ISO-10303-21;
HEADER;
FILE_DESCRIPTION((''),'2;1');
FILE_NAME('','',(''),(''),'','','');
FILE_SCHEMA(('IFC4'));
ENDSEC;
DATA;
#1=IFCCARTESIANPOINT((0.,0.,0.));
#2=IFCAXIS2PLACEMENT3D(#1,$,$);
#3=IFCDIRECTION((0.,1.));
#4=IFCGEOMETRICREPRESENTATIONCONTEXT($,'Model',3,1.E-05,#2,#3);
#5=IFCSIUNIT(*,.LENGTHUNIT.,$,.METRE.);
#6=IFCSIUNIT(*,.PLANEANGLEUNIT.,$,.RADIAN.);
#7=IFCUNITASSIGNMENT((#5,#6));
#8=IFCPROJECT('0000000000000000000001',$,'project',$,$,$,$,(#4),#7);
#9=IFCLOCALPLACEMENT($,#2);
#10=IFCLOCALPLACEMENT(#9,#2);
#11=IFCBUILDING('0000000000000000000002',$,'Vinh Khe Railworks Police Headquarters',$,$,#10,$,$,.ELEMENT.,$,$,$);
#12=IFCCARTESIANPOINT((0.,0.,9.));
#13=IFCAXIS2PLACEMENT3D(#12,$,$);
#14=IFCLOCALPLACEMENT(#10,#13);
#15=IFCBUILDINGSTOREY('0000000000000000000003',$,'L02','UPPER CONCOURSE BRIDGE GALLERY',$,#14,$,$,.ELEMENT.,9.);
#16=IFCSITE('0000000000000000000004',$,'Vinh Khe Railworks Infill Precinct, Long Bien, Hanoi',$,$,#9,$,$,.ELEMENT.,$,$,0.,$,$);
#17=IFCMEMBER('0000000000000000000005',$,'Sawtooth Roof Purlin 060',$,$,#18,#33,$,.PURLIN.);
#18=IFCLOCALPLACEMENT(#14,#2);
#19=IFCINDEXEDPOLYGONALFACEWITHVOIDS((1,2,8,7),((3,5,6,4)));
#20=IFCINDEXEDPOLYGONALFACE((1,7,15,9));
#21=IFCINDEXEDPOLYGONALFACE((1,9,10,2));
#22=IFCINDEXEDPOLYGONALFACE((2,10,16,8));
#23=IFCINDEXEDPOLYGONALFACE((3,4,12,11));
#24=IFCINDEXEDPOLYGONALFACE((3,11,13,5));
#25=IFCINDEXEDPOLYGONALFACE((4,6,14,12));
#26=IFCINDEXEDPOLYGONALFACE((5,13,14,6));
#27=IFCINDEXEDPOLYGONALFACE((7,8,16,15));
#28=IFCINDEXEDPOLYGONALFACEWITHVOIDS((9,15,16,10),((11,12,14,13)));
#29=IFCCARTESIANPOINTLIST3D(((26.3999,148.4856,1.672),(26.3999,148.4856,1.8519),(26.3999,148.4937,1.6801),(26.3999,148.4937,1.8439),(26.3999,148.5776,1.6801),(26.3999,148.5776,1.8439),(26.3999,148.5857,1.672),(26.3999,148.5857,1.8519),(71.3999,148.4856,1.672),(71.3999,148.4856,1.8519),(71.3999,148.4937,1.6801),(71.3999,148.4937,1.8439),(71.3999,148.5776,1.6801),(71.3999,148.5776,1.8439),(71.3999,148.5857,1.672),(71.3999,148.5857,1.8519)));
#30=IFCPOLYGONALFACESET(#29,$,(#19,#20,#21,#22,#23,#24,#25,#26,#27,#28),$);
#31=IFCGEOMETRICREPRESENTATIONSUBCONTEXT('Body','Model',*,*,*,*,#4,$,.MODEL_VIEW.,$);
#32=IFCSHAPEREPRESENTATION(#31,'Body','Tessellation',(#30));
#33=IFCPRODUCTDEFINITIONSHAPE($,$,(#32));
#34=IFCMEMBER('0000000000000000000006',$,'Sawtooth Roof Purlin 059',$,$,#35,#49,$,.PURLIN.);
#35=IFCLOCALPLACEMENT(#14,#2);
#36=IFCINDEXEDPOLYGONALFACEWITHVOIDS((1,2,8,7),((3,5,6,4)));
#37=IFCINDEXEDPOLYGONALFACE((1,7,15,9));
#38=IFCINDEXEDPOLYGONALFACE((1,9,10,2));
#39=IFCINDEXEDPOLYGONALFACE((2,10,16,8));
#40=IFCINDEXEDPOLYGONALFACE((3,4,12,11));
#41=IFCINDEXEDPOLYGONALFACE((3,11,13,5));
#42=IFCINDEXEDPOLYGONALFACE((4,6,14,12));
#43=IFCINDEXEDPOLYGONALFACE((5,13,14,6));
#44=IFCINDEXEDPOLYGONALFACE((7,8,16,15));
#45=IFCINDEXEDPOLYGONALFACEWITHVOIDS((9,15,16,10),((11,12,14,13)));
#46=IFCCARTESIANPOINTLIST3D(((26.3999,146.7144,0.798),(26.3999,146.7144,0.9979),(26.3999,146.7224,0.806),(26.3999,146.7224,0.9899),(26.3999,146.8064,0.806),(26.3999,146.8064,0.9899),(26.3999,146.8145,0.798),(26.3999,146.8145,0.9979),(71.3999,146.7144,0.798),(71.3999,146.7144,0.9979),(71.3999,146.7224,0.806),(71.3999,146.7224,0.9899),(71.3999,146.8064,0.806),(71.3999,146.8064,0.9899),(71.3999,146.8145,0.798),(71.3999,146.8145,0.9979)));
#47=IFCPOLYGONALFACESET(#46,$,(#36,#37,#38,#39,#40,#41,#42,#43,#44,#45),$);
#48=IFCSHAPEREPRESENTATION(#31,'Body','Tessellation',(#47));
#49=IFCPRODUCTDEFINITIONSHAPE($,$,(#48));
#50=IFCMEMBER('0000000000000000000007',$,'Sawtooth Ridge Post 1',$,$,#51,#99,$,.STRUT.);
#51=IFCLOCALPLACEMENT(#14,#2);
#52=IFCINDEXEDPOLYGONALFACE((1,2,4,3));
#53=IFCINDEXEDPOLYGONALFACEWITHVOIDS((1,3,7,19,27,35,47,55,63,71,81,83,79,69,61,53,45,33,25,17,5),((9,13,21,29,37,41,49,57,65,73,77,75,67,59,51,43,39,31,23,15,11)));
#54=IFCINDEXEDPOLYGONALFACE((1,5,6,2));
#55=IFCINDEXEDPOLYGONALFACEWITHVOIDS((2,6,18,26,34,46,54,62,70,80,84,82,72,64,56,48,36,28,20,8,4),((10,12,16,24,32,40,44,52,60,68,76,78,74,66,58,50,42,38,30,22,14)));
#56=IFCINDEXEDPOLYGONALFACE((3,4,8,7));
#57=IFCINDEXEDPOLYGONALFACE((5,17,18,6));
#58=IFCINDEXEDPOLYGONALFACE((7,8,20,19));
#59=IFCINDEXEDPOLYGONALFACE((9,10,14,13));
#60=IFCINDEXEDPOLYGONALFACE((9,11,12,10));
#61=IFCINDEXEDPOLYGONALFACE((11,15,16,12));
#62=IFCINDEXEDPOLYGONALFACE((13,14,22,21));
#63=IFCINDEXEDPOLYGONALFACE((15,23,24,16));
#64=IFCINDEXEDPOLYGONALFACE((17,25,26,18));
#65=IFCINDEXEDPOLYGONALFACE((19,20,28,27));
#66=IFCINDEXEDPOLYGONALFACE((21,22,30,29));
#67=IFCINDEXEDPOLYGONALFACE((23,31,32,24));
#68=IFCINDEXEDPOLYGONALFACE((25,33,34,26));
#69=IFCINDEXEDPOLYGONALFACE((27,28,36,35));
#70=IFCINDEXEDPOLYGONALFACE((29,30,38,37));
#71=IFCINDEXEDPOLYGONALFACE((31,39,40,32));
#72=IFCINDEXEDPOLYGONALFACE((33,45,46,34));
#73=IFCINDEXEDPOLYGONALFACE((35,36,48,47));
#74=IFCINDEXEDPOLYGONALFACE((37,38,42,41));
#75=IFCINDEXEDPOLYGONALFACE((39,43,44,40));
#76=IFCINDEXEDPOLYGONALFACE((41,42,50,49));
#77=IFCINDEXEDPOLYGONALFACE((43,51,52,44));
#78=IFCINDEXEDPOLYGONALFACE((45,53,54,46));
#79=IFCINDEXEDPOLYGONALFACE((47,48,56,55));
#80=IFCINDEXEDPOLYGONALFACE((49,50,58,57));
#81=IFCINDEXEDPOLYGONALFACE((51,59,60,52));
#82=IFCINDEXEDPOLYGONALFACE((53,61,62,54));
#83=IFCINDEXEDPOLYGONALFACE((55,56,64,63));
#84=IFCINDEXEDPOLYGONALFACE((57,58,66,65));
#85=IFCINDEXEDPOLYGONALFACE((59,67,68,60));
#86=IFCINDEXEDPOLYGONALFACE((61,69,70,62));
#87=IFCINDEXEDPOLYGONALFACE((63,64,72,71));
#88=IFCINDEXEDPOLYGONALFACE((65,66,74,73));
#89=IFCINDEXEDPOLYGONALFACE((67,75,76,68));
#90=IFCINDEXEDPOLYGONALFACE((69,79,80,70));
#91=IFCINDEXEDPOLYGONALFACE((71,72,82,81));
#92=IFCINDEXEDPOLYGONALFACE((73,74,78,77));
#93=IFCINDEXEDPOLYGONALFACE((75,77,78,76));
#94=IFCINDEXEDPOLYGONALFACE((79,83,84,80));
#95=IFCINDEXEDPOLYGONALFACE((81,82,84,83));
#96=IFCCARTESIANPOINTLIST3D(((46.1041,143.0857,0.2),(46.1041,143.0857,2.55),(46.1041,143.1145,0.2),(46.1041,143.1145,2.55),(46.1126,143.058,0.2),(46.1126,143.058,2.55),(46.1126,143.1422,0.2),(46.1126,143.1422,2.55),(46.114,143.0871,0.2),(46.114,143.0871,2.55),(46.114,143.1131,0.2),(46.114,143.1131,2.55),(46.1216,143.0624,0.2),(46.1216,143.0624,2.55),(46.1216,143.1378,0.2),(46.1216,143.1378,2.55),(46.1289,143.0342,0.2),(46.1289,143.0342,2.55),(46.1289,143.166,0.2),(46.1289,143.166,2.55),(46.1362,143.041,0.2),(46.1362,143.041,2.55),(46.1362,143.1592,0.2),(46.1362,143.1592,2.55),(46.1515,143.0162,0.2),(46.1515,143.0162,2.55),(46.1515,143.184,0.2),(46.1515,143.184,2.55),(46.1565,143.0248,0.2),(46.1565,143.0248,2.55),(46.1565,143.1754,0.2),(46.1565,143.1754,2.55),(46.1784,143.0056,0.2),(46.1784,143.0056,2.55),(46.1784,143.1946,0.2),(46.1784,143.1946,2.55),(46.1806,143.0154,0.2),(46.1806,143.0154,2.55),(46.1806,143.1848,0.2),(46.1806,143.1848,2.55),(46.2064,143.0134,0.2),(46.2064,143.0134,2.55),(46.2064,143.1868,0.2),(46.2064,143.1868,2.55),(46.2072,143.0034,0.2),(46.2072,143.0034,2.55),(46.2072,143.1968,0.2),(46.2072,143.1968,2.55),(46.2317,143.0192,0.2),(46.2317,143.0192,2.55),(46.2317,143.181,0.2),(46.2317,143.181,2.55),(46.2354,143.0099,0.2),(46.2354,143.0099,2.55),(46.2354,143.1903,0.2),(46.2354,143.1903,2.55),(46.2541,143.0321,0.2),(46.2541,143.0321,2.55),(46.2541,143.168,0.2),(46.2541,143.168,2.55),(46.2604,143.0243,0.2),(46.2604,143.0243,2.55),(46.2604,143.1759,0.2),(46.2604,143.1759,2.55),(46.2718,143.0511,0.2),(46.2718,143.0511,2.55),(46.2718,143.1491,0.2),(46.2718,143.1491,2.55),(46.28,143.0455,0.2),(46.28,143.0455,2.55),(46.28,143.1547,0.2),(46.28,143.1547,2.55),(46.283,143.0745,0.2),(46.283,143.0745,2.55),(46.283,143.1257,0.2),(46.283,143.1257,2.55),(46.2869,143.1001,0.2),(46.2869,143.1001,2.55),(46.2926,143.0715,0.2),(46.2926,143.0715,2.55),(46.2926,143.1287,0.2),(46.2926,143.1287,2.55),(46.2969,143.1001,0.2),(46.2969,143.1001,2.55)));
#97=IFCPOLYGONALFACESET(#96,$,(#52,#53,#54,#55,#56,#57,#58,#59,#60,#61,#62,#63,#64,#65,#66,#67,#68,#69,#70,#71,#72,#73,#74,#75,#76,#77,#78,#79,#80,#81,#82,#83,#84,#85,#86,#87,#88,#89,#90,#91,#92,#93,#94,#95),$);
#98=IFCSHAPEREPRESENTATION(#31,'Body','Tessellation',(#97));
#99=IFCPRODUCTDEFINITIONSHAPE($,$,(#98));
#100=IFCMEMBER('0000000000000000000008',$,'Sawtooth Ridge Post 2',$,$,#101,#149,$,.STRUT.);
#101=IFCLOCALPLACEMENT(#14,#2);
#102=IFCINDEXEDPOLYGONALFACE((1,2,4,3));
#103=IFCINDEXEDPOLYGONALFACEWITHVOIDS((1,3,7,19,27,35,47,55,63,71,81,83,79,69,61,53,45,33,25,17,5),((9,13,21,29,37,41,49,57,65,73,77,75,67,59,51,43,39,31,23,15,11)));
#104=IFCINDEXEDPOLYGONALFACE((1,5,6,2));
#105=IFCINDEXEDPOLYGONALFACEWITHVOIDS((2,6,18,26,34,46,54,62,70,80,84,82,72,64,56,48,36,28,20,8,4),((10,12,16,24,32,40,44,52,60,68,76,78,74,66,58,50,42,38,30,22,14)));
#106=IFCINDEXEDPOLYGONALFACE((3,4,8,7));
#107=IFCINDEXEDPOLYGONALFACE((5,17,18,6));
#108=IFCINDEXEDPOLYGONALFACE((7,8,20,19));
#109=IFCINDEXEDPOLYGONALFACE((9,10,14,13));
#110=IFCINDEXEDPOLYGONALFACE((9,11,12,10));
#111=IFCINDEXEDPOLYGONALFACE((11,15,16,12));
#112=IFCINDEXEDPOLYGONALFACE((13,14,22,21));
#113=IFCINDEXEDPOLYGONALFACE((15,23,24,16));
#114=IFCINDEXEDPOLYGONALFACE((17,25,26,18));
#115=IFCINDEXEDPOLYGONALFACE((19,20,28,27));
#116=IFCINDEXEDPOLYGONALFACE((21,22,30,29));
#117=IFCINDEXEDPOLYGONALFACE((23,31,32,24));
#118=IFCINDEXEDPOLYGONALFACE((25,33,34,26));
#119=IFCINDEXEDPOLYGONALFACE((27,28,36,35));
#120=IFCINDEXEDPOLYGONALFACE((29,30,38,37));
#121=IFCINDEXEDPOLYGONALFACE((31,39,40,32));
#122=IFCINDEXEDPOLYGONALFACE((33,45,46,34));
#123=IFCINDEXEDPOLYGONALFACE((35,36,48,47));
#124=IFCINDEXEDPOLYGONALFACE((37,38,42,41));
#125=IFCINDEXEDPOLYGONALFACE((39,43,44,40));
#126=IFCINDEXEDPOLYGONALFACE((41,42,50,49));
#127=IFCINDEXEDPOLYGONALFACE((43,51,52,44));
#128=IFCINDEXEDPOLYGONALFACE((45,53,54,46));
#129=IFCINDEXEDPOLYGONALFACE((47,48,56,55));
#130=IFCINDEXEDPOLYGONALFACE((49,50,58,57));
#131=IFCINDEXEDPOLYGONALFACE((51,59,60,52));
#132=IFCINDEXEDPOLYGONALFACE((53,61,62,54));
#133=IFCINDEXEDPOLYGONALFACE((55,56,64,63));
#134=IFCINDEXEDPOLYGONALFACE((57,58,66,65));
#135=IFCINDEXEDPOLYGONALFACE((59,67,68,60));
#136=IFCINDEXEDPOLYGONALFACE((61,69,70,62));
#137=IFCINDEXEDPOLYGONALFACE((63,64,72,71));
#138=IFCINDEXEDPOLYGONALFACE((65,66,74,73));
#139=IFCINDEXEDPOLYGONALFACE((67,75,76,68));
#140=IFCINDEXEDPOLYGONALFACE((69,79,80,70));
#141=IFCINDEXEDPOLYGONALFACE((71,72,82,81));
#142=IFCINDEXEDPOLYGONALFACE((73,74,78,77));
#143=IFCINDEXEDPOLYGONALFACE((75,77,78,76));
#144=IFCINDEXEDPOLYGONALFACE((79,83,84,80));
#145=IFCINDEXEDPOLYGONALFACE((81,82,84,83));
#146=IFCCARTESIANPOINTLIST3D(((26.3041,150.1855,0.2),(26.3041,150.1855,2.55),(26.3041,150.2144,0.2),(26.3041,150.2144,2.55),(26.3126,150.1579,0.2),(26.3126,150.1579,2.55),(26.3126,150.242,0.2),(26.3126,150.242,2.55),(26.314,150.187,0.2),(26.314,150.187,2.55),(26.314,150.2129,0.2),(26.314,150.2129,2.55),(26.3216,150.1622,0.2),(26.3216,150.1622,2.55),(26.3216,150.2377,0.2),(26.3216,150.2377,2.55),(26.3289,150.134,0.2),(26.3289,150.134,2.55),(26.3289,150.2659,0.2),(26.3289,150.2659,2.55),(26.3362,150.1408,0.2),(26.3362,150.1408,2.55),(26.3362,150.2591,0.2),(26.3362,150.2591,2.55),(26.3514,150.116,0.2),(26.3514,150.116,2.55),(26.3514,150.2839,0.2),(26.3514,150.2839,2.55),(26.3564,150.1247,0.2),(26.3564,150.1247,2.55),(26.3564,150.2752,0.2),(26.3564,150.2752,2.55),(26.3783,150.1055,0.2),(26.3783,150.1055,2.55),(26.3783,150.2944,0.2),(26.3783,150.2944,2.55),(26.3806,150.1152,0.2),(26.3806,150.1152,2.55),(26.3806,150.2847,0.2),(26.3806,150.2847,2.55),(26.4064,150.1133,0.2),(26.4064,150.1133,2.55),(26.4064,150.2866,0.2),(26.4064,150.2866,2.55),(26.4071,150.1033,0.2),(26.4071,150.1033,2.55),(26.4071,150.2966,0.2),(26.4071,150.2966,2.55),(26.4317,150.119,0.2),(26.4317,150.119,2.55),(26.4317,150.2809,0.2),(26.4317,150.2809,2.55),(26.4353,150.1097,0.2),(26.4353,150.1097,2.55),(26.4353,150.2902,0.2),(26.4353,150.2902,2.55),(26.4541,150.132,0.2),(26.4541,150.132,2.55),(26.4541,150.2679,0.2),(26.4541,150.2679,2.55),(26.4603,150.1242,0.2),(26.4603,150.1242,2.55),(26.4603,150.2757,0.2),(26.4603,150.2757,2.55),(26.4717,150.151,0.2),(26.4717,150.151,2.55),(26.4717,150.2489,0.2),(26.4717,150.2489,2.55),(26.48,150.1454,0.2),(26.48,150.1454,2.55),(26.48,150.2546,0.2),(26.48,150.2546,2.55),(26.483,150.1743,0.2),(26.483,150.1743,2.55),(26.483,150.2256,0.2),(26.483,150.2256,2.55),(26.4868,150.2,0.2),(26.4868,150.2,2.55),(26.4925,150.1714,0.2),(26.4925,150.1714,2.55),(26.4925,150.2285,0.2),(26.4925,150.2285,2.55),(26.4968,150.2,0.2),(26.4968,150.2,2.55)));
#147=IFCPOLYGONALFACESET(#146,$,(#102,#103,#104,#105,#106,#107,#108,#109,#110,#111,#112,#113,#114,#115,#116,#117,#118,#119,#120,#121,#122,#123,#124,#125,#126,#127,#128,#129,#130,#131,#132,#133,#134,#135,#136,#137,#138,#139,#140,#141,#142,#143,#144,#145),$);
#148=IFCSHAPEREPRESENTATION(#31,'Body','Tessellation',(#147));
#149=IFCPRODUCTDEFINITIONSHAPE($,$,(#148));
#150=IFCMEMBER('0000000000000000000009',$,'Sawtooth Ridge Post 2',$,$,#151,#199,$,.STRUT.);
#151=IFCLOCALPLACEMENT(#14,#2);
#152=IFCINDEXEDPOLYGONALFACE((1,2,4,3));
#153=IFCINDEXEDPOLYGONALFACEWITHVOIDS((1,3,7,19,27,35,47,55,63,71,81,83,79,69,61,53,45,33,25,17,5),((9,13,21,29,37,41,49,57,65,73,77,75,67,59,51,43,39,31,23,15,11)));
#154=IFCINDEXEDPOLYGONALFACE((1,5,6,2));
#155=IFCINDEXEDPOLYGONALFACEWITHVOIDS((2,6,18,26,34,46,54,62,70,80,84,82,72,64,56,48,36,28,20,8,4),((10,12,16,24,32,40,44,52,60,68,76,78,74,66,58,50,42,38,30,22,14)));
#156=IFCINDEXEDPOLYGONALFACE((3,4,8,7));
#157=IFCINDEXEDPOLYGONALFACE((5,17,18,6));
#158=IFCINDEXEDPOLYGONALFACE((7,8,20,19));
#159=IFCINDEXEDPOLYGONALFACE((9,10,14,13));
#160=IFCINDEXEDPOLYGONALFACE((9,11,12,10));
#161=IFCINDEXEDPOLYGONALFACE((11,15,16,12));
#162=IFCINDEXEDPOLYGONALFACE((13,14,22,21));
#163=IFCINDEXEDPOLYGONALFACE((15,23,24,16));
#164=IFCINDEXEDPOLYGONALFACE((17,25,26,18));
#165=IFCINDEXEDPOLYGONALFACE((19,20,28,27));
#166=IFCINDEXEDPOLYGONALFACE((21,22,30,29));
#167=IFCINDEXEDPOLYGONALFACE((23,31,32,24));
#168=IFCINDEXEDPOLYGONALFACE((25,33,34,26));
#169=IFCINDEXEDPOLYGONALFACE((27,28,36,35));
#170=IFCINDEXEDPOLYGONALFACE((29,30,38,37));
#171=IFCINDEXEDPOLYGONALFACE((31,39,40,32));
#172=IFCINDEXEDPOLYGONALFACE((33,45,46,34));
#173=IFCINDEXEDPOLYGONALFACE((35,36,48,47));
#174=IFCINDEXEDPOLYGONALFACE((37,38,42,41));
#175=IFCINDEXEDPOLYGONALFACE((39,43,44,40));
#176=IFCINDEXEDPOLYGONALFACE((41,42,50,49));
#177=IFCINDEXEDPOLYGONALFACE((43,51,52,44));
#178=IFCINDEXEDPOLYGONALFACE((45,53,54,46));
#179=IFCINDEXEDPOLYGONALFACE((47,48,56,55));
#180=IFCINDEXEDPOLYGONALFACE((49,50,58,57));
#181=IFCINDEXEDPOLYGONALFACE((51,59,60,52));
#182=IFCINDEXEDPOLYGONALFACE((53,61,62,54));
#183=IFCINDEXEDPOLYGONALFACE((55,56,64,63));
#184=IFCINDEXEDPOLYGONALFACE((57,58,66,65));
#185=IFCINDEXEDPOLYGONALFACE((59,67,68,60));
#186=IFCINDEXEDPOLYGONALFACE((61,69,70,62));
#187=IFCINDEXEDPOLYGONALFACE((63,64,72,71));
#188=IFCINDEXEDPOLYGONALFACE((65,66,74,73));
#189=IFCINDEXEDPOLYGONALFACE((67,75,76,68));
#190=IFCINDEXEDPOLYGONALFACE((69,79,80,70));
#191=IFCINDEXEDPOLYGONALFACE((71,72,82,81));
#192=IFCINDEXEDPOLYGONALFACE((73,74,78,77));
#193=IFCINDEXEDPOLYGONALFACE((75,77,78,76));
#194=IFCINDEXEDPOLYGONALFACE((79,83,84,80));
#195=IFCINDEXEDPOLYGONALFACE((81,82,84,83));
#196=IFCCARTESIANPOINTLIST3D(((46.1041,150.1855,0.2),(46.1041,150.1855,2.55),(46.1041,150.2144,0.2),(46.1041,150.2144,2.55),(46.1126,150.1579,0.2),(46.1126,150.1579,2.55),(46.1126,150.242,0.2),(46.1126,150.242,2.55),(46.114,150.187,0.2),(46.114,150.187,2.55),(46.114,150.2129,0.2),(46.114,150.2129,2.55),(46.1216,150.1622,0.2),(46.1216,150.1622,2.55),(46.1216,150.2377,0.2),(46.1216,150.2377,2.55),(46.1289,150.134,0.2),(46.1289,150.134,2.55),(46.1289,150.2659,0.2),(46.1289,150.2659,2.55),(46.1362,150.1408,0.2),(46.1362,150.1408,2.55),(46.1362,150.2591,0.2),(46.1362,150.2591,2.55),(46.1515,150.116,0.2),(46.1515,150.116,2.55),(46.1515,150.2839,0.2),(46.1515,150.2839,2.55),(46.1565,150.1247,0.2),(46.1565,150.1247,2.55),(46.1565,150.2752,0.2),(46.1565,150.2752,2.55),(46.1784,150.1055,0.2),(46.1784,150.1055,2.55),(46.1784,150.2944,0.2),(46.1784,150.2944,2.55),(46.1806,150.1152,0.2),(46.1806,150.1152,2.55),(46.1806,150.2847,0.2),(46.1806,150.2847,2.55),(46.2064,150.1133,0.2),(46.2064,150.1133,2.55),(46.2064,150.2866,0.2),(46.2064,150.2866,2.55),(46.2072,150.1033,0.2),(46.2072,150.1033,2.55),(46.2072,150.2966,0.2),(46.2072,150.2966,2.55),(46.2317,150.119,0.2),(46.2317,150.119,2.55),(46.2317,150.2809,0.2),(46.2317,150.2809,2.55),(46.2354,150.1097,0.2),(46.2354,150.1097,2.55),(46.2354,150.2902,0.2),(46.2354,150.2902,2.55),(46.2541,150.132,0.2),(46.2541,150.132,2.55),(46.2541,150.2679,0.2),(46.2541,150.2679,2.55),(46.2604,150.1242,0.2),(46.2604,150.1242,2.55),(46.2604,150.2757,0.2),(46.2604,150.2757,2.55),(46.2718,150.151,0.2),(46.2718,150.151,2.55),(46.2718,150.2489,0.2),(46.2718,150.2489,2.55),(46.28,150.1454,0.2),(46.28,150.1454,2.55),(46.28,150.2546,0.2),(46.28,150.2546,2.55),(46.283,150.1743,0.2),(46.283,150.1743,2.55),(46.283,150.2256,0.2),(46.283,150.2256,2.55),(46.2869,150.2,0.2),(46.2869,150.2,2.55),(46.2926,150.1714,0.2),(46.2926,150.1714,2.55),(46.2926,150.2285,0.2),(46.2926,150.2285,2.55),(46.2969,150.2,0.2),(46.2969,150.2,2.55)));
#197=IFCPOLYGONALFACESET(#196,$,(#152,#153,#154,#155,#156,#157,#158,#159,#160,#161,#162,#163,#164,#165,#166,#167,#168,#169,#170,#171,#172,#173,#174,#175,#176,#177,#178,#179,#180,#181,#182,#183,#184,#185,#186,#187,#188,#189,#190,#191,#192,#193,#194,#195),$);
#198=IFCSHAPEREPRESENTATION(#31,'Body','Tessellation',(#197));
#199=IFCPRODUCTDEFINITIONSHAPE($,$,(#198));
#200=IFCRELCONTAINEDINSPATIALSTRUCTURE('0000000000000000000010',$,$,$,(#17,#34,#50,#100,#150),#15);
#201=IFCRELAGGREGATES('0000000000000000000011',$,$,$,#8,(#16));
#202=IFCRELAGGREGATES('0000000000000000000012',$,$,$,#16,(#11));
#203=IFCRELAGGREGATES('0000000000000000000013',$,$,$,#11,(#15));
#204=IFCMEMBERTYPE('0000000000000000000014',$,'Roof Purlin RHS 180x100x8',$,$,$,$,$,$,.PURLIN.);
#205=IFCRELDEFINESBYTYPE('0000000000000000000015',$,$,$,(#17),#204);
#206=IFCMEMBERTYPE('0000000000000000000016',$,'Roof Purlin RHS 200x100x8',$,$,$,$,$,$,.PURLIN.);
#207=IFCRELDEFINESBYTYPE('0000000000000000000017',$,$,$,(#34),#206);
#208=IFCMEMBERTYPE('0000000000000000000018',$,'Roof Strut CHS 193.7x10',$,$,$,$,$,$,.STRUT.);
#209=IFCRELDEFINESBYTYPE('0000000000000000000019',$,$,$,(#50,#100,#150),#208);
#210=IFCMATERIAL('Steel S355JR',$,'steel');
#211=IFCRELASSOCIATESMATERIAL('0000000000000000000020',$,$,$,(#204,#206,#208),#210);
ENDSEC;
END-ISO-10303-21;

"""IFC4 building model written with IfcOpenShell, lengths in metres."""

from ifc_helpers import new_model, si_unit, direction, frame, origin, origin_2d, place, context, subcontext, project, spatial, hollow_rectangle, hollow_circle, extrude, material, material_profile, profile_set, type_object, element, save


model = new_model("IFC4")

# Units and contexts
model_context = context("Model", 3, precision=1e-05, world=origin(), true_north=direction((0.0, 1.0)))
body_context = subcontext(model_context, "Body", "Model", "MODEL_VIEW")
ifc_project = project(units=[si_unit("LENGTHUNIT", "METRE"), si_unit("PLANEANGLEUNIT", "RADIAN")], contexts=[model_context])

# Site, building, storey
site_placement = place(None, origin())
site = spatial("IfcSite", under=ifc_project, at=site_placement, Name="Vinh Khe Railworks Infill Precinct, Long Bien, Hanoi", CompositionType="ELEMENT", RefElevation=0.0)
building_placement = place(site_placement, origin())
building = spatial("IfcBuilding", under=site, at=building_placement, Name="Vinh Khe Railworks Police Headquarters", CompositionType="ELEMENT")
storey_placement = place(building_placement, frame((0.0, 0.0, 9.0)))
storey = spatial("IfcBuildingStorey", under=building, at=storey_placement, Name="L02", Description="UPPER CONCOURSE BRIDGE GALLERY", CompositionType="ELEMENT", Elevation=9.0)

# Members
ifc_material = material(Name="Steel S355JR", Category="steel")
ifc_material_profile_1 = material_profile(ifc_material, hollow_rectangle(XDim=0.1001, YDim=0.1799, WallThickness=0.0081, at=origin_2d()), Name="RHS 180x100x8")
ifc_profile_set_1 = profile_set([ifc_material_profile_1], Name="Steel S355JR")
member_type_1 = type_object("IfcMemberType", Name="Roof Purlin RHS 180x100x8", PredefinedType="PURLIN", material=ifc_profile_set_1)
member_1_placement = place(storey_placement, frame((26.3999, 148.5356, 1.762), z_axis=(1.0, 0.0, 0.0), x_axis=(0.0, 1.0, 0.0)))
element("IfcMember", 1, at=member_1_placement, inside=storey, type_object=member_type_1, Name="Sawtooth Roof Purlin 060", PredefinedType="PURLIN", context=body_context, shape_type="SweptSolid", body=[
    extrude(hollow_rectangle(XDim=0.1001, YDim=0.1799, WallThickness=0.0081, at=origin_2d()), origin(), (0.0, 0.0, 1.0), 45.0),
])
ifc_material_profile_2 = material_profile(ifc_material, hollow_rectangle(XDim=0.1001, YDim=0.2, WallThickness=0.0081, at=origin_2d()), Name="RHS 200x100x8")
ifc_profile_set_2 = profile_set([ifc_material_profile_2], Name="Steel S355JR")
member_type_2 = type_object("IfcMemberType", Name="Roof Purlin RHS 200x100x8", PredefinedType="PURLIN", material=ifc_profile_set_2)
member_2_placement = place(storey_placement, frame((26.3999, 146.7644, 0.8979), z_axis=(1.0, 0.0, 0.0), x_axis=(0.0, 1.0, 0.0)))
element("IfcMember", 2, at=member_2_placement, inside=storey, type_object=member_type_2, Name="Sawtooth Roof Purlin 059", PredefinedType="PURLIN", context=body_context, shape_type="SweptSolid", body=[
    extrude(hollow_rectangle(XDim=0.1001, YDim=0.2, WallThickness=0.0081, at=origin_2d()), origin(), (0.0, 0.0, 1.0), 45.0),
])
ifc_material_profile_3 = material_profile(ifc_material, hollow_circle(Radius=0.0969, WallThickness=0.01, at=origin_2d()), Name="CHS 193.7x10")
ifc_profile_set_3 = profile_set([ifc_material_profile_3], Name="Steel S355JR")
member_type_3 = type_object("IfcMemberType", Name="Roof Strut CHS 193.7x10", PredefinedType="STRUT", material=ifc_profile_set_3)
for number, where, z_axis, x_axis, name in (
    (3, (46.2, 143.1001, 0.2), (0.0, 0.0, 1.0), (1.0, 0.0, 0.0), "Sawtooth Ridge Post 1"),
    (4, (26.3999, 150.2, 0.2), (0.0, 0.0, 1.0), (1.0, 0.0, 0.0), "Sawtooth Ridge Post 2"),
    (5, (46.2, 150.2, 0.2), (0.0, 0.0, 1.0), (1.0, 0.0, 0.0), "Sawtooth Ridge Post 2"),
):
    element("IfcMember", number, at=place(storey_placement, frame(where, z_axis=z_axis, x_axis=x_axis)), inside=storey, type_object=member_type_3, Name=name, PredefinedType="STRUT", context=body_context, shape_type="SweptSolid", body=[
        extrude(hollow_circle(Radius=0.0969, WallThickness=0.01, at=origin_2d()), origin(), (0.0, 0.0, 1.0), 2.3501),
    ])

save(model, "model.ifc")
